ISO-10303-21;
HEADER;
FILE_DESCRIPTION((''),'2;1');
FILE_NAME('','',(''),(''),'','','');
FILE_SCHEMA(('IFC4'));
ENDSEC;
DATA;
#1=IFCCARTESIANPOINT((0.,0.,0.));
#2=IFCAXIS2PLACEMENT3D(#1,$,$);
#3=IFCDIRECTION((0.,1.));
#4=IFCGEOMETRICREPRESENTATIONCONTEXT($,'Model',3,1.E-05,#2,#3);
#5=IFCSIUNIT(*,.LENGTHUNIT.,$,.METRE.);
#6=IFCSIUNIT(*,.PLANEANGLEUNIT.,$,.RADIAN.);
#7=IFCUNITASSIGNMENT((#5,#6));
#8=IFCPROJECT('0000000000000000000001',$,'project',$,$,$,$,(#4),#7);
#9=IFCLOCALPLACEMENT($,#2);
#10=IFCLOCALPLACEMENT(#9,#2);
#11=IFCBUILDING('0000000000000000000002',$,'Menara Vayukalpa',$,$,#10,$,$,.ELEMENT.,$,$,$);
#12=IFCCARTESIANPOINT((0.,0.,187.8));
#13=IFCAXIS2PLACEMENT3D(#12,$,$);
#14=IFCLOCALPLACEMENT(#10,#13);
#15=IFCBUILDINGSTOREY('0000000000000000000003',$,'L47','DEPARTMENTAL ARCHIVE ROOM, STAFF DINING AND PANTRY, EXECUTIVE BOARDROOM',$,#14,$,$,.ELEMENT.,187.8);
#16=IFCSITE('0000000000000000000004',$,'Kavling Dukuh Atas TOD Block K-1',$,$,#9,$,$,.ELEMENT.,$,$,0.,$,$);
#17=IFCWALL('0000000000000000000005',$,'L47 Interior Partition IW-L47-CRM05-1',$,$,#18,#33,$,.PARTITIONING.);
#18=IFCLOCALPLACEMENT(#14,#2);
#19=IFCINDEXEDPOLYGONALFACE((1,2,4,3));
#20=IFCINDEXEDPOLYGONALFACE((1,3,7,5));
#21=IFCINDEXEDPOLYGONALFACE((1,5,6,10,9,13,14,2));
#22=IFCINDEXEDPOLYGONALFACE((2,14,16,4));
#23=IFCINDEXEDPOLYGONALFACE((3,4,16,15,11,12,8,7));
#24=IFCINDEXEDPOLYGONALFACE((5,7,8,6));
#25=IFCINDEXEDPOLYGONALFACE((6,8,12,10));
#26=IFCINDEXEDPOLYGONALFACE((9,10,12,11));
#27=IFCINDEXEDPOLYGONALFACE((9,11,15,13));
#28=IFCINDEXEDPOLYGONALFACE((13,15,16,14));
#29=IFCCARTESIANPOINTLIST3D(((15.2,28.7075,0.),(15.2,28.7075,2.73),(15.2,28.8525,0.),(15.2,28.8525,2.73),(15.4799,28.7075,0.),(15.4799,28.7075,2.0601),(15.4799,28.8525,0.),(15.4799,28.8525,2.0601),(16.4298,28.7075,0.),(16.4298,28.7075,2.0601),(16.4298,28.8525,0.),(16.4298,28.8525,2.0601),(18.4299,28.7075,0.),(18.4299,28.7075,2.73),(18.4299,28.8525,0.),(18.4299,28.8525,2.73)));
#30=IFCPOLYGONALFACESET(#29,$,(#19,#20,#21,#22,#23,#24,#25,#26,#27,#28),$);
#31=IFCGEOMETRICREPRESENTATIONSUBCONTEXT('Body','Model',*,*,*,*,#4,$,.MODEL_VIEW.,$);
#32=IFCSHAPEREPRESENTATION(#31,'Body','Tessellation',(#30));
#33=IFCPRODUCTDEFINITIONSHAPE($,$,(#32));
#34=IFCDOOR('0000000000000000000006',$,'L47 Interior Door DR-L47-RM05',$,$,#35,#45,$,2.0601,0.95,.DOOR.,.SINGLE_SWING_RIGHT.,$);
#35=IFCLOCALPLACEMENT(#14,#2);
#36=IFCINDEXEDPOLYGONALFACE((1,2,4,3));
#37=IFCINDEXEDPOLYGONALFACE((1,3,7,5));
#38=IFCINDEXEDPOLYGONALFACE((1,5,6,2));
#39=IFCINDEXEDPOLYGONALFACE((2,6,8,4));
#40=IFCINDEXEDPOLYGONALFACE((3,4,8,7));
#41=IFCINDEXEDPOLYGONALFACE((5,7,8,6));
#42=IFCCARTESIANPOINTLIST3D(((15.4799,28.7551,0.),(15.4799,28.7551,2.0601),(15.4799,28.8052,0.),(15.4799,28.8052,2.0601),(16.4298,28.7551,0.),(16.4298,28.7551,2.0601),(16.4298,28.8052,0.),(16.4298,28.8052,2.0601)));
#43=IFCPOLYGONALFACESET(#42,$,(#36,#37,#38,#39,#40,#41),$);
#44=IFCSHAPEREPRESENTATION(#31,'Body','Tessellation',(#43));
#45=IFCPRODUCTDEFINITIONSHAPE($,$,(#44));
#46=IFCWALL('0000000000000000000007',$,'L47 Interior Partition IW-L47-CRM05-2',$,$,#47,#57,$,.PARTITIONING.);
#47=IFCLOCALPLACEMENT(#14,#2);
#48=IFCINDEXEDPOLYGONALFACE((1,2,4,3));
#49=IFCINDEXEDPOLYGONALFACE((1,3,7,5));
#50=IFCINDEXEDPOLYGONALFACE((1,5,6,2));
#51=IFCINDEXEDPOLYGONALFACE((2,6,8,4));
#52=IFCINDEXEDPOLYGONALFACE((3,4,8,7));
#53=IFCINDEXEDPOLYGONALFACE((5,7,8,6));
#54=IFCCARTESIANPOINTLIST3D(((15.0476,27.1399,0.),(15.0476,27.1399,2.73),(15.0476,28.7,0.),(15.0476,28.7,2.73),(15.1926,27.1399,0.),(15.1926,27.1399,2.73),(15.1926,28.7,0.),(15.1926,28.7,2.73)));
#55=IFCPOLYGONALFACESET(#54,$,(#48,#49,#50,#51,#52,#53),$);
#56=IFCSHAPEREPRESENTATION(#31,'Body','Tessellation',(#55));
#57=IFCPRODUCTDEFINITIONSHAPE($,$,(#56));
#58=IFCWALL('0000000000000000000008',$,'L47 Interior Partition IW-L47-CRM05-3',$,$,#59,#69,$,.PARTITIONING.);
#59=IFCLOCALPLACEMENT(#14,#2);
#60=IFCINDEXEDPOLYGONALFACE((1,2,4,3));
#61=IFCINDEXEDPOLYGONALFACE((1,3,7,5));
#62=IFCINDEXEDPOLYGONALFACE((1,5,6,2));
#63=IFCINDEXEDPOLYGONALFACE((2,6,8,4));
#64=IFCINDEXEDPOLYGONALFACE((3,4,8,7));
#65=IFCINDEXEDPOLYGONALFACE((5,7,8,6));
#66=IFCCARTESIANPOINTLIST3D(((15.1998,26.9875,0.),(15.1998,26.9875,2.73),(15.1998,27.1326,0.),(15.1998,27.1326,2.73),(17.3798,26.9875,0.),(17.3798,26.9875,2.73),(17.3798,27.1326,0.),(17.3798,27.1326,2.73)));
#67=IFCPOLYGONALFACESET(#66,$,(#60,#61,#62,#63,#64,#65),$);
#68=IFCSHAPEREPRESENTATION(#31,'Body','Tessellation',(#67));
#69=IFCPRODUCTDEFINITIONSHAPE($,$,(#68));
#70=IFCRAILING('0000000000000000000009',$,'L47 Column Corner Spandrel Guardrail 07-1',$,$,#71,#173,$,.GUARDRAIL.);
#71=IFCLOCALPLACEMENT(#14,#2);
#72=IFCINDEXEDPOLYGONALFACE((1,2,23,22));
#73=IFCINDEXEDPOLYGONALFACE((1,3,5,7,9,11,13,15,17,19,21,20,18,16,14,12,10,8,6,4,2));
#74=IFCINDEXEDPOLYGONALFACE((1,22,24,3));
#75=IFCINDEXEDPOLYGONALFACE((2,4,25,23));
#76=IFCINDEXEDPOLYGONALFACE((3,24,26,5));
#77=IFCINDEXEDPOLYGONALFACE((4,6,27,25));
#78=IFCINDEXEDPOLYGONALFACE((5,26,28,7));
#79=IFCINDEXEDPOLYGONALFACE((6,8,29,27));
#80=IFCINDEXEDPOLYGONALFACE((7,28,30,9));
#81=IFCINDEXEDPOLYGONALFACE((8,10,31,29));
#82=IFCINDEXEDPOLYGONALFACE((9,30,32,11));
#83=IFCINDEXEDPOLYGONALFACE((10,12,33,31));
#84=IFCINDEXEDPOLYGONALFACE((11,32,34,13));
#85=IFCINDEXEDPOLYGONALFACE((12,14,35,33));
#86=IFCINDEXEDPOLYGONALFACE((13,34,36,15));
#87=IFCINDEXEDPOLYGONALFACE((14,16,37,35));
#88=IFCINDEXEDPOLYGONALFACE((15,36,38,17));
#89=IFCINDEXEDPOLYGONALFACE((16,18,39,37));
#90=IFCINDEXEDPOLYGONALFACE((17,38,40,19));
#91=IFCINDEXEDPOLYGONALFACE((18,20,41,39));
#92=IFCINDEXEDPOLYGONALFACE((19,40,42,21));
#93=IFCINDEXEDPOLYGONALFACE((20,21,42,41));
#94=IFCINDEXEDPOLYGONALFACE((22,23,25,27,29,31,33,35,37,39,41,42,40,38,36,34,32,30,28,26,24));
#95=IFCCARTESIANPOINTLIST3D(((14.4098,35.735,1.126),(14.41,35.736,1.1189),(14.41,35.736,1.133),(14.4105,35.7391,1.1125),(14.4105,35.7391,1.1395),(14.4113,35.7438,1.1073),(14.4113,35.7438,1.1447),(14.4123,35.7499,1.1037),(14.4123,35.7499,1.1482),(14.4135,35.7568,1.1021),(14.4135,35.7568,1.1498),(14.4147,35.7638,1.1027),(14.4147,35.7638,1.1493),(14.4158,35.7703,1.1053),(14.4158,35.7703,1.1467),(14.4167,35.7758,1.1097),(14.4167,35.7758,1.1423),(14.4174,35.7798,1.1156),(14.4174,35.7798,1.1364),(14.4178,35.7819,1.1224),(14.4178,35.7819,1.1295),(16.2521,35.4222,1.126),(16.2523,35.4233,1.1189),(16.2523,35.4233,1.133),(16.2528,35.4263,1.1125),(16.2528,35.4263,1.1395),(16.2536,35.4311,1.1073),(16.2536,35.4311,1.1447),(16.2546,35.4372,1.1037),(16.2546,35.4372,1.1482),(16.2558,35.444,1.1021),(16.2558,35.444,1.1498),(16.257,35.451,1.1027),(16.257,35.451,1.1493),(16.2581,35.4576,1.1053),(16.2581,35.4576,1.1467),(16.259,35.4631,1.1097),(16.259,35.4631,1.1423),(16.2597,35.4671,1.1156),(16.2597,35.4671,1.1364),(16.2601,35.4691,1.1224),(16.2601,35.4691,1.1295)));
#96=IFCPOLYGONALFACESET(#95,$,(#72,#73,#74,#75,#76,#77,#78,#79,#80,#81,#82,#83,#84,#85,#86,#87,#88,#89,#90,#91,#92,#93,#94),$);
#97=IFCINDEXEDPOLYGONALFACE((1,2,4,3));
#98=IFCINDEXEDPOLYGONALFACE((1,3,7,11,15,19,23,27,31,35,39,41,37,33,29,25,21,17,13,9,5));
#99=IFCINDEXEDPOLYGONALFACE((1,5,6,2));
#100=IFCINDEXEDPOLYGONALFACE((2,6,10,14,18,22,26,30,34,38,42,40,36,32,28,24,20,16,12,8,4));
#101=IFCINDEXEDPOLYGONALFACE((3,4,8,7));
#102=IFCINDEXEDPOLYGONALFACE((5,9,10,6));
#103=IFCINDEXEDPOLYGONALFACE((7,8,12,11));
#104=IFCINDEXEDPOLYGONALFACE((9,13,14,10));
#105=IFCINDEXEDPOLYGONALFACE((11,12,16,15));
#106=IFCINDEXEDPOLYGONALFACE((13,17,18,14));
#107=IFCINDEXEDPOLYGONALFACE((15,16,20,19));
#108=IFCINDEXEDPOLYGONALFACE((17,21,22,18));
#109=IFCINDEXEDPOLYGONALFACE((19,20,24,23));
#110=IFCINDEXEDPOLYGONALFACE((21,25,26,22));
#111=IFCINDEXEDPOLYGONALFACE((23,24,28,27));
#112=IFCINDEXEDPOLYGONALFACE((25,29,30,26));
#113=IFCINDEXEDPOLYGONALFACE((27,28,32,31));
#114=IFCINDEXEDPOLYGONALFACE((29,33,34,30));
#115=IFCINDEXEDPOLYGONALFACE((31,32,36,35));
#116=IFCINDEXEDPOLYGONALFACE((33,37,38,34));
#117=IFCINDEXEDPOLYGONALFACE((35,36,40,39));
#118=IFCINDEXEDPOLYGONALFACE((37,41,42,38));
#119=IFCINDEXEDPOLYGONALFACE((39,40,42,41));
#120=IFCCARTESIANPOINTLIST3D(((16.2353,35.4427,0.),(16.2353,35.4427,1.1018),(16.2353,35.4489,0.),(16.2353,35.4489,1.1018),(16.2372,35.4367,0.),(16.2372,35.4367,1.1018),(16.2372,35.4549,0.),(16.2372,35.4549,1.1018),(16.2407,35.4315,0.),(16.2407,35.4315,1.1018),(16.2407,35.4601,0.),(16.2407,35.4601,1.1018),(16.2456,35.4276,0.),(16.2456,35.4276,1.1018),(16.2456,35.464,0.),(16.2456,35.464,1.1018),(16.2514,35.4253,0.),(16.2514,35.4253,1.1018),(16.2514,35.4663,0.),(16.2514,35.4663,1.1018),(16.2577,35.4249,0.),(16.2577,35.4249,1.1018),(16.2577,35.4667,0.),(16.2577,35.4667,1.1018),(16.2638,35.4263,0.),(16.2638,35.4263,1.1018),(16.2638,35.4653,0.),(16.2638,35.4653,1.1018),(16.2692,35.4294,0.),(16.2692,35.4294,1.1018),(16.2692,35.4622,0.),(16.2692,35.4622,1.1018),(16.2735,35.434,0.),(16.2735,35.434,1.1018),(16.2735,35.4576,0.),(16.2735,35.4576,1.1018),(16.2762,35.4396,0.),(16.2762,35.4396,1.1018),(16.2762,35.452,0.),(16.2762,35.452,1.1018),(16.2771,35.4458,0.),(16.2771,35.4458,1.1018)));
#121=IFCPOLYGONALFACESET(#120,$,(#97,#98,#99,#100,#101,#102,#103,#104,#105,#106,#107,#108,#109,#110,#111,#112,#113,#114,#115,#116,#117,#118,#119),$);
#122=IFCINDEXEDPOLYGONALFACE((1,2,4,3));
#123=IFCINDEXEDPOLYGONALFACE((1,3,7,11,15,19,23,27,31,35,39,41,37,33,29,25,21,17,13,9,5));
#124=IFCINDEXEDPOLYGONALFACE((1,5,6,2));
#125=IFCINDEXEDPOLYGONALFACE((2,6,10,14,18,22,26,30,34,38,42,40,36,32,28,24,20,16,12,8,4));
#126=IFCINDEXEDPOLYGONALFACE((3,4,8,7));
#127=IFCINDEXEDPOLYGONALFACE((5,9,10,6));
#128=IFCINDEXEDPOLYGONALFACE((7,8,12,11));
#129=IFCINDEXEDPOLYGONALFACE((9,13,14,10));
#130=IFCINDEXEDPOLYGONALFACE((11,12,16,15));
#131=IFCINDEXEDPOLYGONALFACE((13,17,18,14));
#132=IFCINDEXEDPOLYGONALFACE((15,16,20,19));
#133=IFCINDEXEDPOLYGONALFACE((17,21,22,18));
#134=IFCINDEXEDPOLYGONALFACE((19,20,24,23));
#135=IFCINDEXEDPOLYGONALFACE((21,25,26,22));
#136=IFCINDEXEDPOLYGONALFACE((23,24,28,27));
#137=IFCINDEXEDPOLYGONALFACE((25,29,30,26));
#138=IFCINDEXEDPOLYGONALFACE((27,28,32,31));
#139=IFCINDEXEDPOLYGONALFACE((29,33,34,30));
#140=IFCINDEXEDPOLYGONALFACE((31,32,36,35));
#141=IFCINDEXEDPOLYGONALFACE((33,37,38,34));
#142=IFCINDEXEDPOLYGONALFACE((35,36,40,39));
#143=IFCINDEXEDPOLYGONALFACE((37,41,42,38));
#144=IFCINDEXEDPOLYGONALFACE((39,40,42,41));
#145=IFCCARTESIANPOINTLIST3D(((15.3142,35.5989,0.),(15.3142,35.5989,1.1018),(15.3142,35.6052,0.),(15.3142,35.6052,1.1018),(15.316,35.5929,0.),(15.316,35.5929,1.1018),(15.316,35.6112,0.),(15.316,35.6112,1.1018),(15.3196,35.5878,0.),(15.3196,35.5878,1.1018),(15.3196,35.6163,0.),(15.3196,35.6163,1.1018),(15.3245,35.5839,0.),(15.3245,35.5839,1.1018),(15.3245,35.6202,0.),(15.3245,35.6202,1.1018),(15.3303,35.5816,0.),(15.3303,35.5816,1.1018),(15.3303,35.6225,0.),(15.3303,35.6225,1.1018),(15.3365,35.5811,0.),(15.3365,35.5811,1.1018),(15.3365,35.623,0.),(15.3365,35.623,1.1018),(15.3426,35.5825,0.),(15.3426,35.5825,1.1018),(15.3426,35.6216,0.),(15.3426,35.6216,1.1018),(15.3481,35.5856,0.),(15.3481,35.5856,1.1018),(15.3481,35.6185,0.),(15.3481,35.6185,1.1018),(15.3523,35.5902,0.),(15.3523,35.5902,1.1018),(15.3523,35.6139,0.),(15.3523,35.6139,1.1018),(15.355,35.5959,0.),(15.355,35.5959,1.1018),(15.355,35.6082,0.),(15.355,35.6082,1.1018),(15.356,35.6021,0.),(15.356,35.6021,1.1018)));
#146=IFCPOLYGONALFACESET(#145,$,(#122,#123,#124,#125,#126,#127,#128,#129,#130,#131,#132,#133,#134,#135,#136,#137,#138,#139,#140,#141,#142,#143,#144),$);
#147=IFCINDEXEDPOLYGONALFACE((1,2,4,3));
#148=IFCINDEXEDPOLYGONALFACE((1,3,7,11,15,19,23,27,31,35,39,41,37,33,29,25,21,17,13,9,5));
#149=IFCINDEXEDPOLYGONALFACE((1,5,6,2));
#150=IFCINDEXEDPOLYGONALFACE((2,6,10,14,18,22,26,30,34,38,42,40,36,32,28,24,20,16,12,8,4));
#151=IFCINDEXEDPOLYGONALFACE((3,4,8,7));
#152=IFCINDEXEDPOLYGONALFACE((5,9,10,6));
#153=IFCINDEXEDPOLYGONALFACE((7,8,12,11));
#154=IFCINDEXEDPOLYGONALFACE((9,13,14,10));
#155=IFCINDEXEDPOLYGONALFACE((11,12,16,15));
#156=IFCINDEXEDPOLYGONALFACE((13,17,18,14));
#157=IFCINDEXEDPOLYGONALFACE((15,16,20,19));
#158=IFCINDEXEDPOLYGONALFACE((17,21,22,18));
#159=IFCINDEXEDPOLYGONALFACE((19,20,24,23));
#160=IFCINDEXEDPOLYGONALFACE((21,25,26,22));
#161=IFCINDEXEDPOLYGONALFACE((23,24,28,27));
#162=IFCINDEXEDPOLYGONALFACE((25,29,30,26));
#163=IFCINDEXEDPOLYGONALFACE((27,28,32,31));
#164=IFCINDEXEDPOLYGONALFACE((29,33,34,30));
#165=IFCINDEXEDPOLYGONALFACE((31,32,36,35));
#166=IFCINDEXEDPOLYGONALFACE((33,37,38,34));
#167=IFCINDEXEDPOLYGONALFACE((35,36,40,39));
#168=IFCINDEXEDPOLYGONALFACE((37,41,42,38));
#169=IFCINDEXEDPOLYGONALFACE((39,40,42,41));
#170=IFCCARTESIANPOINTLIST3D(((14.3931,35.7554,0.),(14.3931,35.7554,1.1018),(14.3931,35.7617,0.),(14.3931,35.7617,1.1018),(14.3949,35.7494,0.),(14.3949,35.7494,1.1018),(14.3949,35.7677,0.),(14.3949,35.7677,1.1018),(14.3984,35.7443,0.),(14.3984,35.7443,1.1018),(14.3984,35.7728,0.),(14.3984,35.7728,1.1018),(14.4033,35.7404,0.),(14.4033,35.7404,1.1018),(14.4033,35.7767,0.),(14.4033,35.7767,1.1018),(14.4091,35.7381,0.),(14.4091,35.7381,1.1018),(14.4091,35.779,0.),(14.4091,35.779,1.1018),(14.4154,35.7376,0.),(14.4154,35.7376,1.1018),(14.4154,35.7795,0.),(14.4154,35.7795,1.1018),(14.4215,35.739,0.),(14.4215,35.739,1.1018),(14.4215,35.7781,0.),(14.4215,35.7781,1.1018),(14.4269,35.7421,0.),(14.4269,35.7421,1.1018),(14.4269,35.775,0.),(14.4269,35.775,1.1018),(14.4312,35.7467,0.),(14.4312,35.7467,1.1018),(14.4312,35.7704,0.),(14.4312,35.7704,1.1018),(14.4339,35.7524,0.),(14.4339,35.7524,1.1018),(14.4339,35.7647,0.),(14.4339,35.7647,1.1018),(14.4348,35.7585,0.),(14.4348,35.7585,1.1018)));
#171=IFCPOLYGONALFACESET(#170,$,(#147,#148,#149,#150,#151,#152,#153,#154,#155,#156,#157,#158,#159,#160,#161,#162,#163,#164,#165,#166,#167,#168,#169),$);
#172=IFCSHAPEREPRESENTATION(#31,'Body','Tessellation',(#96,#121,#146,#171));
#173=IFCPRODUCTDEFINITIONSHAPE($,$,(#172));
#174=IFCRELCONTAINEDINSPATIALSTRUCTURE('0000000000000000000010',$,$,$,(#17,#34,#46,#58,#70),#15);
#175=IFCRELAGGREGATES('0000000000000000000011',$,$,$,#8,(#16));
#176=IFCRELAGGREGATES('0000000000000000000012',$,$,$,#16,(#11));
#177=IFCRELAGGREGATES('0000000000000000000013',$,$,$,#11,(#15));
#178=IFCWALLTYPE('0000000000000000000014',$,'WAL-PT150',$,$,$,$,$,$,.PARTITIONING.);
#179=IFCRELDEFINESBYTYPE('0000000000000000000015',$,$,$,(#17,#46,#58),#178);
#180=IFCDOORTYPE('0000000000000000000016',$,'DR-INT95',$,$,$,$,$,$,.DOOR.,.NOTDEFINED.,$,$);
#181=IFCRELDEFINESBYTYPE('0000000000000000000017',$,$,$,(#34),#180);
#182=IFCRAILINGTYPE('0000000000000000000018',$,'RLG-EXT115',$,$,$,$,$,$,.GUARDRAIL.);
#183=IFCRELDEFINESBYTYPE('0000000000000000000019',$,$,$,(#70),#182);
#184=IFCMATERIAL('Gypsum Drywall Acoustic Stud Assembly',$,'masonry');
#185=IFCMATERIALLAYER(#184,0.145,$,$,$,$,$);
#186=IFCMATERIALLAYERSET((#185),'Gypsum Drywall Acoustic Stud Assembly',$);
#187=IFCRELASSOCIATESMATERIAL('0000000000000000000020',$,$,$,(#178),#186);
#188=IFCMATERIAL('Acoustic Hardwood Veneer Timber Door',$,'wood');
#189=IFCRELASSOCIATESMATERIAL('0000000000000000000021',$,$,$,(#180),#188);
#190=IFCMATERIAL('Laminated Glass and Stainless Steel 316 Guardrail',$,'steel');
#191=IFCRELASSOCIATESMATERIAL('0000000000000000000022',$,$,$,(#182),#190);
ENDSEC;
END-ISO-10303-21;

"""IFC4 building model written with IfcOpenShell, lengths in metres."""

from ifc_helpers import new_model, si_unit, direction, frame, frame_2d, origin, origin_2d, place, context, subcontext, project, spatial, rectangle, circle, extrude, material, layer, layer_set, type_object, element, fill, save


model = new_model("IFC4")

# Units and contexts
model_context = context("Model", 3, precision=1e-05, world=origin(), true_north=direction((0.0, 1.0)))
body_context = subcontext(model_context, "Body", "Model", "MODEL_VIEW")
ifc_project = project(units=[si_unit("LENGTHUNIT", "METRE"), si_unit("PLANEANGLEUNIT", "RADIAN")], contexts=[model_context])

# Site, building, storey
site_placement = place(None, origin())
site = spatial("IfcSite", under=ifc_project, at=site_placement, Name="Kavling Dukuh Atas TOD Block K-1", CompositionType="ELEMENT", RefElevation=0.0)
building_placement = place(site_placement, origin())
building = spatial("IfcBuilding", under=site, at=building_placement, Name="Menara Vayukalpa", CompositionType="ELEMENT")
storey_placement = place(building_placement, frame((0.0, 0.0, 187.8)))
storey = spatial("IfcBuildingStorey", under=building, at=storey_placement, Name="L47", Description="DEPARTMENTAL ARCHIVE ROOM, STAFF DINING AND PANTRY, EXECUTIVE BOARDROOM", CompositionType="ELEMENT", Elevation=187.8)

# Wall, opening, door
ifc_material_1 = material(Name="Gypsum Drywall Acoustic Stud Assembly", Category="masonry")
ifc_layer_1 = layer(ifc_material_1, 0.145)
ifc_layer_set_1 = layer_set([ifc_layer_1], Name="Gypsum Drywall Acoustic Stud Assembly")
wall_type_1 = type_object("IfcWallType", Name="WAL-PT150", PredefinedType="PARTITIONING", material=ifc_layer_set_1)
wall_1_placement = place(storey_placement, frame((18.4299, 28.78, 0.0), z_axis=(0.0, 0.0, 1.0), x_axis=(-1.0, 0.0, 0.0)))
wall_1 = element("IfcWall", 1, at=wall_1_placement, inside=storey, type_object=wall_type_1, Name="L47 Interior Partition IW-L47-CRM05-1", PredefinedType="PARTITIONING", context=body_context, shape_type="SweptSolid", body=[
    extrude(rectangle(XDim=3.23, YDim=0.145, at=frame_2d((1.615, 0.0))), origin(), (0.0, 0.0, 1.0), 2.73),
])
opening_placement = place(wall_1_placement, frame((2.0, 0.0, 0.0)))
opening = element("IfcOpeningElement", 2, at=opening_placement, cuts=wall_1, PredefinedType="OPENING", context=body_context, shape_type="SweptSolid", body=[
    extrude(rectangle(XDim=0.95, YDim=2.0601, at=frame_2d((0.4751, 1.03))), frame((0.0, 0.0825, 0.0), z_axis=(0.0, -1.0, 0.0), x_axis=(1.0, 0.0, 0.0)), (0.0, 0.0, 1.0), 0.165),
])
ifc_material_2 = material(Name="Acoustic Hardwood Veneer Timber Door", Category="wood")
door_type = type_object("IfcDoorType", Name="DR-INT95", OperationType="NOTDEFINED", PredefinedType="DOOR", material=ifc_material_2)
door_placement = place(opening_placement, origin())
door = element("IfcDoor", 3, at=door_placement, inside=storey, type_object=door_type, Name="L47 Interior Door DR-L47-RM05", OperationType="SINGLE_SWING_RIGHT", OverallHeight=2.0601, OverallWidth=0.95, PredefinedType="DOOR", context=body_context, shape_type="SweptSolid", body=[
    extrude(rectangle(XDim=0.95, YDim=2.0601, at=frame_2d((0.4751, 1.03))), frame((0.0, 0.0249, 0.0), z_axis=(0.0, -1.0, 0.0), x_axis=(1.0, 0.0, 0.0)), (0.0, 0.0, 1.0), 0.05),
])
fill(opening, door)

# Walls
wall_2_placement = place(storey_placement, frame((15.1201, 28.7, 0.0), z_axis=(0.0, 0.0, 1.0), x_axis=(0.0, -1.0, 0.0)))
element("IfcWall", 4, at=wall_2_placement, inside=storey, type_object=wall_type_1, Name="L47 Interior Partition IW-L47-CRM05-2", PredefinedType="PARTITIONING", context=body_context, shape_type="SweptSolid", body=[
    extrude(rectangle(XDim=1.5601, YDim=0.145, at=frame_2d((0.78, 0.0))), origin(), (0.0, 0.0, 1.0), 2.73),
])
wall_3_placement = place(storey_placement, frame((15.2, 27.0601, 0.0), z_axis=(0.0, 0.0, 1.0), x_axis=(1.0, 0.0, 0.0)))
element("IfcWall", 5, at=wall_3_placement, inside=storey, type_object=wall_type_1, Name="L47 Interior Partition IW-L47-CRM05-3", PredefinedType="PARTITIONING", context=body_context, shape_type="SweptSolid", body=[
    extrude(rectangle(XDim=2.1799, YDim=0.145, at=frame_2d((1.0898, 0.0))), origin(), (0.0, 0.0, 1.0), 2.73),
])

# Railing
ifc_material_3 = material(Name="Laminated Glass and Stainless Steel 316 Guardrail", Category="steel")
railing_type = type_object("IfcRailingType", Name="RLG-EXT115", PredefinedType="GUARDRAIL", material=ifc_material_3)
railing_placement = place(storey_placement, frame((16.2561, 35.4458, 0.0)))
element("IfcRailing", 6, at=railing_placement, inside=storey, type_object=railing_type, Name="L47 Column Corner Spandrel Guardrail 07-1", PredefinedType="GUARDRAIL", context=body_context, shape_type="SweptSolid", body=[
    extrude(circle(Radius=0.0239, at=origin_2d()), frame((0.0, 0.0, 1.126), z_axis=(-0.985895, 0.167364, 0.0), x_axis=(-0.167364, -0.985895, 0.0)), (0.0, 0.0, 1.0), 1.8687),
    extrude(circle(Radius=0.021, at=origin_2d()), origin(), (0.0, 0.0, 1.0), 1.1018),
    extrude(circle(Radius=0.021, at=origin_2d()), frame((-0.9211, 0.1562, 0.0)), (0.0, 0.0, 1.0), 1.1018),
    extrude(circle(Radius=0.021, at=origin_2d()), frame((-1.8423, 0.3127, 0.0)), (0.0, 0.0, 1.0), 1.1018),
])

save(model, "model.ifc")
